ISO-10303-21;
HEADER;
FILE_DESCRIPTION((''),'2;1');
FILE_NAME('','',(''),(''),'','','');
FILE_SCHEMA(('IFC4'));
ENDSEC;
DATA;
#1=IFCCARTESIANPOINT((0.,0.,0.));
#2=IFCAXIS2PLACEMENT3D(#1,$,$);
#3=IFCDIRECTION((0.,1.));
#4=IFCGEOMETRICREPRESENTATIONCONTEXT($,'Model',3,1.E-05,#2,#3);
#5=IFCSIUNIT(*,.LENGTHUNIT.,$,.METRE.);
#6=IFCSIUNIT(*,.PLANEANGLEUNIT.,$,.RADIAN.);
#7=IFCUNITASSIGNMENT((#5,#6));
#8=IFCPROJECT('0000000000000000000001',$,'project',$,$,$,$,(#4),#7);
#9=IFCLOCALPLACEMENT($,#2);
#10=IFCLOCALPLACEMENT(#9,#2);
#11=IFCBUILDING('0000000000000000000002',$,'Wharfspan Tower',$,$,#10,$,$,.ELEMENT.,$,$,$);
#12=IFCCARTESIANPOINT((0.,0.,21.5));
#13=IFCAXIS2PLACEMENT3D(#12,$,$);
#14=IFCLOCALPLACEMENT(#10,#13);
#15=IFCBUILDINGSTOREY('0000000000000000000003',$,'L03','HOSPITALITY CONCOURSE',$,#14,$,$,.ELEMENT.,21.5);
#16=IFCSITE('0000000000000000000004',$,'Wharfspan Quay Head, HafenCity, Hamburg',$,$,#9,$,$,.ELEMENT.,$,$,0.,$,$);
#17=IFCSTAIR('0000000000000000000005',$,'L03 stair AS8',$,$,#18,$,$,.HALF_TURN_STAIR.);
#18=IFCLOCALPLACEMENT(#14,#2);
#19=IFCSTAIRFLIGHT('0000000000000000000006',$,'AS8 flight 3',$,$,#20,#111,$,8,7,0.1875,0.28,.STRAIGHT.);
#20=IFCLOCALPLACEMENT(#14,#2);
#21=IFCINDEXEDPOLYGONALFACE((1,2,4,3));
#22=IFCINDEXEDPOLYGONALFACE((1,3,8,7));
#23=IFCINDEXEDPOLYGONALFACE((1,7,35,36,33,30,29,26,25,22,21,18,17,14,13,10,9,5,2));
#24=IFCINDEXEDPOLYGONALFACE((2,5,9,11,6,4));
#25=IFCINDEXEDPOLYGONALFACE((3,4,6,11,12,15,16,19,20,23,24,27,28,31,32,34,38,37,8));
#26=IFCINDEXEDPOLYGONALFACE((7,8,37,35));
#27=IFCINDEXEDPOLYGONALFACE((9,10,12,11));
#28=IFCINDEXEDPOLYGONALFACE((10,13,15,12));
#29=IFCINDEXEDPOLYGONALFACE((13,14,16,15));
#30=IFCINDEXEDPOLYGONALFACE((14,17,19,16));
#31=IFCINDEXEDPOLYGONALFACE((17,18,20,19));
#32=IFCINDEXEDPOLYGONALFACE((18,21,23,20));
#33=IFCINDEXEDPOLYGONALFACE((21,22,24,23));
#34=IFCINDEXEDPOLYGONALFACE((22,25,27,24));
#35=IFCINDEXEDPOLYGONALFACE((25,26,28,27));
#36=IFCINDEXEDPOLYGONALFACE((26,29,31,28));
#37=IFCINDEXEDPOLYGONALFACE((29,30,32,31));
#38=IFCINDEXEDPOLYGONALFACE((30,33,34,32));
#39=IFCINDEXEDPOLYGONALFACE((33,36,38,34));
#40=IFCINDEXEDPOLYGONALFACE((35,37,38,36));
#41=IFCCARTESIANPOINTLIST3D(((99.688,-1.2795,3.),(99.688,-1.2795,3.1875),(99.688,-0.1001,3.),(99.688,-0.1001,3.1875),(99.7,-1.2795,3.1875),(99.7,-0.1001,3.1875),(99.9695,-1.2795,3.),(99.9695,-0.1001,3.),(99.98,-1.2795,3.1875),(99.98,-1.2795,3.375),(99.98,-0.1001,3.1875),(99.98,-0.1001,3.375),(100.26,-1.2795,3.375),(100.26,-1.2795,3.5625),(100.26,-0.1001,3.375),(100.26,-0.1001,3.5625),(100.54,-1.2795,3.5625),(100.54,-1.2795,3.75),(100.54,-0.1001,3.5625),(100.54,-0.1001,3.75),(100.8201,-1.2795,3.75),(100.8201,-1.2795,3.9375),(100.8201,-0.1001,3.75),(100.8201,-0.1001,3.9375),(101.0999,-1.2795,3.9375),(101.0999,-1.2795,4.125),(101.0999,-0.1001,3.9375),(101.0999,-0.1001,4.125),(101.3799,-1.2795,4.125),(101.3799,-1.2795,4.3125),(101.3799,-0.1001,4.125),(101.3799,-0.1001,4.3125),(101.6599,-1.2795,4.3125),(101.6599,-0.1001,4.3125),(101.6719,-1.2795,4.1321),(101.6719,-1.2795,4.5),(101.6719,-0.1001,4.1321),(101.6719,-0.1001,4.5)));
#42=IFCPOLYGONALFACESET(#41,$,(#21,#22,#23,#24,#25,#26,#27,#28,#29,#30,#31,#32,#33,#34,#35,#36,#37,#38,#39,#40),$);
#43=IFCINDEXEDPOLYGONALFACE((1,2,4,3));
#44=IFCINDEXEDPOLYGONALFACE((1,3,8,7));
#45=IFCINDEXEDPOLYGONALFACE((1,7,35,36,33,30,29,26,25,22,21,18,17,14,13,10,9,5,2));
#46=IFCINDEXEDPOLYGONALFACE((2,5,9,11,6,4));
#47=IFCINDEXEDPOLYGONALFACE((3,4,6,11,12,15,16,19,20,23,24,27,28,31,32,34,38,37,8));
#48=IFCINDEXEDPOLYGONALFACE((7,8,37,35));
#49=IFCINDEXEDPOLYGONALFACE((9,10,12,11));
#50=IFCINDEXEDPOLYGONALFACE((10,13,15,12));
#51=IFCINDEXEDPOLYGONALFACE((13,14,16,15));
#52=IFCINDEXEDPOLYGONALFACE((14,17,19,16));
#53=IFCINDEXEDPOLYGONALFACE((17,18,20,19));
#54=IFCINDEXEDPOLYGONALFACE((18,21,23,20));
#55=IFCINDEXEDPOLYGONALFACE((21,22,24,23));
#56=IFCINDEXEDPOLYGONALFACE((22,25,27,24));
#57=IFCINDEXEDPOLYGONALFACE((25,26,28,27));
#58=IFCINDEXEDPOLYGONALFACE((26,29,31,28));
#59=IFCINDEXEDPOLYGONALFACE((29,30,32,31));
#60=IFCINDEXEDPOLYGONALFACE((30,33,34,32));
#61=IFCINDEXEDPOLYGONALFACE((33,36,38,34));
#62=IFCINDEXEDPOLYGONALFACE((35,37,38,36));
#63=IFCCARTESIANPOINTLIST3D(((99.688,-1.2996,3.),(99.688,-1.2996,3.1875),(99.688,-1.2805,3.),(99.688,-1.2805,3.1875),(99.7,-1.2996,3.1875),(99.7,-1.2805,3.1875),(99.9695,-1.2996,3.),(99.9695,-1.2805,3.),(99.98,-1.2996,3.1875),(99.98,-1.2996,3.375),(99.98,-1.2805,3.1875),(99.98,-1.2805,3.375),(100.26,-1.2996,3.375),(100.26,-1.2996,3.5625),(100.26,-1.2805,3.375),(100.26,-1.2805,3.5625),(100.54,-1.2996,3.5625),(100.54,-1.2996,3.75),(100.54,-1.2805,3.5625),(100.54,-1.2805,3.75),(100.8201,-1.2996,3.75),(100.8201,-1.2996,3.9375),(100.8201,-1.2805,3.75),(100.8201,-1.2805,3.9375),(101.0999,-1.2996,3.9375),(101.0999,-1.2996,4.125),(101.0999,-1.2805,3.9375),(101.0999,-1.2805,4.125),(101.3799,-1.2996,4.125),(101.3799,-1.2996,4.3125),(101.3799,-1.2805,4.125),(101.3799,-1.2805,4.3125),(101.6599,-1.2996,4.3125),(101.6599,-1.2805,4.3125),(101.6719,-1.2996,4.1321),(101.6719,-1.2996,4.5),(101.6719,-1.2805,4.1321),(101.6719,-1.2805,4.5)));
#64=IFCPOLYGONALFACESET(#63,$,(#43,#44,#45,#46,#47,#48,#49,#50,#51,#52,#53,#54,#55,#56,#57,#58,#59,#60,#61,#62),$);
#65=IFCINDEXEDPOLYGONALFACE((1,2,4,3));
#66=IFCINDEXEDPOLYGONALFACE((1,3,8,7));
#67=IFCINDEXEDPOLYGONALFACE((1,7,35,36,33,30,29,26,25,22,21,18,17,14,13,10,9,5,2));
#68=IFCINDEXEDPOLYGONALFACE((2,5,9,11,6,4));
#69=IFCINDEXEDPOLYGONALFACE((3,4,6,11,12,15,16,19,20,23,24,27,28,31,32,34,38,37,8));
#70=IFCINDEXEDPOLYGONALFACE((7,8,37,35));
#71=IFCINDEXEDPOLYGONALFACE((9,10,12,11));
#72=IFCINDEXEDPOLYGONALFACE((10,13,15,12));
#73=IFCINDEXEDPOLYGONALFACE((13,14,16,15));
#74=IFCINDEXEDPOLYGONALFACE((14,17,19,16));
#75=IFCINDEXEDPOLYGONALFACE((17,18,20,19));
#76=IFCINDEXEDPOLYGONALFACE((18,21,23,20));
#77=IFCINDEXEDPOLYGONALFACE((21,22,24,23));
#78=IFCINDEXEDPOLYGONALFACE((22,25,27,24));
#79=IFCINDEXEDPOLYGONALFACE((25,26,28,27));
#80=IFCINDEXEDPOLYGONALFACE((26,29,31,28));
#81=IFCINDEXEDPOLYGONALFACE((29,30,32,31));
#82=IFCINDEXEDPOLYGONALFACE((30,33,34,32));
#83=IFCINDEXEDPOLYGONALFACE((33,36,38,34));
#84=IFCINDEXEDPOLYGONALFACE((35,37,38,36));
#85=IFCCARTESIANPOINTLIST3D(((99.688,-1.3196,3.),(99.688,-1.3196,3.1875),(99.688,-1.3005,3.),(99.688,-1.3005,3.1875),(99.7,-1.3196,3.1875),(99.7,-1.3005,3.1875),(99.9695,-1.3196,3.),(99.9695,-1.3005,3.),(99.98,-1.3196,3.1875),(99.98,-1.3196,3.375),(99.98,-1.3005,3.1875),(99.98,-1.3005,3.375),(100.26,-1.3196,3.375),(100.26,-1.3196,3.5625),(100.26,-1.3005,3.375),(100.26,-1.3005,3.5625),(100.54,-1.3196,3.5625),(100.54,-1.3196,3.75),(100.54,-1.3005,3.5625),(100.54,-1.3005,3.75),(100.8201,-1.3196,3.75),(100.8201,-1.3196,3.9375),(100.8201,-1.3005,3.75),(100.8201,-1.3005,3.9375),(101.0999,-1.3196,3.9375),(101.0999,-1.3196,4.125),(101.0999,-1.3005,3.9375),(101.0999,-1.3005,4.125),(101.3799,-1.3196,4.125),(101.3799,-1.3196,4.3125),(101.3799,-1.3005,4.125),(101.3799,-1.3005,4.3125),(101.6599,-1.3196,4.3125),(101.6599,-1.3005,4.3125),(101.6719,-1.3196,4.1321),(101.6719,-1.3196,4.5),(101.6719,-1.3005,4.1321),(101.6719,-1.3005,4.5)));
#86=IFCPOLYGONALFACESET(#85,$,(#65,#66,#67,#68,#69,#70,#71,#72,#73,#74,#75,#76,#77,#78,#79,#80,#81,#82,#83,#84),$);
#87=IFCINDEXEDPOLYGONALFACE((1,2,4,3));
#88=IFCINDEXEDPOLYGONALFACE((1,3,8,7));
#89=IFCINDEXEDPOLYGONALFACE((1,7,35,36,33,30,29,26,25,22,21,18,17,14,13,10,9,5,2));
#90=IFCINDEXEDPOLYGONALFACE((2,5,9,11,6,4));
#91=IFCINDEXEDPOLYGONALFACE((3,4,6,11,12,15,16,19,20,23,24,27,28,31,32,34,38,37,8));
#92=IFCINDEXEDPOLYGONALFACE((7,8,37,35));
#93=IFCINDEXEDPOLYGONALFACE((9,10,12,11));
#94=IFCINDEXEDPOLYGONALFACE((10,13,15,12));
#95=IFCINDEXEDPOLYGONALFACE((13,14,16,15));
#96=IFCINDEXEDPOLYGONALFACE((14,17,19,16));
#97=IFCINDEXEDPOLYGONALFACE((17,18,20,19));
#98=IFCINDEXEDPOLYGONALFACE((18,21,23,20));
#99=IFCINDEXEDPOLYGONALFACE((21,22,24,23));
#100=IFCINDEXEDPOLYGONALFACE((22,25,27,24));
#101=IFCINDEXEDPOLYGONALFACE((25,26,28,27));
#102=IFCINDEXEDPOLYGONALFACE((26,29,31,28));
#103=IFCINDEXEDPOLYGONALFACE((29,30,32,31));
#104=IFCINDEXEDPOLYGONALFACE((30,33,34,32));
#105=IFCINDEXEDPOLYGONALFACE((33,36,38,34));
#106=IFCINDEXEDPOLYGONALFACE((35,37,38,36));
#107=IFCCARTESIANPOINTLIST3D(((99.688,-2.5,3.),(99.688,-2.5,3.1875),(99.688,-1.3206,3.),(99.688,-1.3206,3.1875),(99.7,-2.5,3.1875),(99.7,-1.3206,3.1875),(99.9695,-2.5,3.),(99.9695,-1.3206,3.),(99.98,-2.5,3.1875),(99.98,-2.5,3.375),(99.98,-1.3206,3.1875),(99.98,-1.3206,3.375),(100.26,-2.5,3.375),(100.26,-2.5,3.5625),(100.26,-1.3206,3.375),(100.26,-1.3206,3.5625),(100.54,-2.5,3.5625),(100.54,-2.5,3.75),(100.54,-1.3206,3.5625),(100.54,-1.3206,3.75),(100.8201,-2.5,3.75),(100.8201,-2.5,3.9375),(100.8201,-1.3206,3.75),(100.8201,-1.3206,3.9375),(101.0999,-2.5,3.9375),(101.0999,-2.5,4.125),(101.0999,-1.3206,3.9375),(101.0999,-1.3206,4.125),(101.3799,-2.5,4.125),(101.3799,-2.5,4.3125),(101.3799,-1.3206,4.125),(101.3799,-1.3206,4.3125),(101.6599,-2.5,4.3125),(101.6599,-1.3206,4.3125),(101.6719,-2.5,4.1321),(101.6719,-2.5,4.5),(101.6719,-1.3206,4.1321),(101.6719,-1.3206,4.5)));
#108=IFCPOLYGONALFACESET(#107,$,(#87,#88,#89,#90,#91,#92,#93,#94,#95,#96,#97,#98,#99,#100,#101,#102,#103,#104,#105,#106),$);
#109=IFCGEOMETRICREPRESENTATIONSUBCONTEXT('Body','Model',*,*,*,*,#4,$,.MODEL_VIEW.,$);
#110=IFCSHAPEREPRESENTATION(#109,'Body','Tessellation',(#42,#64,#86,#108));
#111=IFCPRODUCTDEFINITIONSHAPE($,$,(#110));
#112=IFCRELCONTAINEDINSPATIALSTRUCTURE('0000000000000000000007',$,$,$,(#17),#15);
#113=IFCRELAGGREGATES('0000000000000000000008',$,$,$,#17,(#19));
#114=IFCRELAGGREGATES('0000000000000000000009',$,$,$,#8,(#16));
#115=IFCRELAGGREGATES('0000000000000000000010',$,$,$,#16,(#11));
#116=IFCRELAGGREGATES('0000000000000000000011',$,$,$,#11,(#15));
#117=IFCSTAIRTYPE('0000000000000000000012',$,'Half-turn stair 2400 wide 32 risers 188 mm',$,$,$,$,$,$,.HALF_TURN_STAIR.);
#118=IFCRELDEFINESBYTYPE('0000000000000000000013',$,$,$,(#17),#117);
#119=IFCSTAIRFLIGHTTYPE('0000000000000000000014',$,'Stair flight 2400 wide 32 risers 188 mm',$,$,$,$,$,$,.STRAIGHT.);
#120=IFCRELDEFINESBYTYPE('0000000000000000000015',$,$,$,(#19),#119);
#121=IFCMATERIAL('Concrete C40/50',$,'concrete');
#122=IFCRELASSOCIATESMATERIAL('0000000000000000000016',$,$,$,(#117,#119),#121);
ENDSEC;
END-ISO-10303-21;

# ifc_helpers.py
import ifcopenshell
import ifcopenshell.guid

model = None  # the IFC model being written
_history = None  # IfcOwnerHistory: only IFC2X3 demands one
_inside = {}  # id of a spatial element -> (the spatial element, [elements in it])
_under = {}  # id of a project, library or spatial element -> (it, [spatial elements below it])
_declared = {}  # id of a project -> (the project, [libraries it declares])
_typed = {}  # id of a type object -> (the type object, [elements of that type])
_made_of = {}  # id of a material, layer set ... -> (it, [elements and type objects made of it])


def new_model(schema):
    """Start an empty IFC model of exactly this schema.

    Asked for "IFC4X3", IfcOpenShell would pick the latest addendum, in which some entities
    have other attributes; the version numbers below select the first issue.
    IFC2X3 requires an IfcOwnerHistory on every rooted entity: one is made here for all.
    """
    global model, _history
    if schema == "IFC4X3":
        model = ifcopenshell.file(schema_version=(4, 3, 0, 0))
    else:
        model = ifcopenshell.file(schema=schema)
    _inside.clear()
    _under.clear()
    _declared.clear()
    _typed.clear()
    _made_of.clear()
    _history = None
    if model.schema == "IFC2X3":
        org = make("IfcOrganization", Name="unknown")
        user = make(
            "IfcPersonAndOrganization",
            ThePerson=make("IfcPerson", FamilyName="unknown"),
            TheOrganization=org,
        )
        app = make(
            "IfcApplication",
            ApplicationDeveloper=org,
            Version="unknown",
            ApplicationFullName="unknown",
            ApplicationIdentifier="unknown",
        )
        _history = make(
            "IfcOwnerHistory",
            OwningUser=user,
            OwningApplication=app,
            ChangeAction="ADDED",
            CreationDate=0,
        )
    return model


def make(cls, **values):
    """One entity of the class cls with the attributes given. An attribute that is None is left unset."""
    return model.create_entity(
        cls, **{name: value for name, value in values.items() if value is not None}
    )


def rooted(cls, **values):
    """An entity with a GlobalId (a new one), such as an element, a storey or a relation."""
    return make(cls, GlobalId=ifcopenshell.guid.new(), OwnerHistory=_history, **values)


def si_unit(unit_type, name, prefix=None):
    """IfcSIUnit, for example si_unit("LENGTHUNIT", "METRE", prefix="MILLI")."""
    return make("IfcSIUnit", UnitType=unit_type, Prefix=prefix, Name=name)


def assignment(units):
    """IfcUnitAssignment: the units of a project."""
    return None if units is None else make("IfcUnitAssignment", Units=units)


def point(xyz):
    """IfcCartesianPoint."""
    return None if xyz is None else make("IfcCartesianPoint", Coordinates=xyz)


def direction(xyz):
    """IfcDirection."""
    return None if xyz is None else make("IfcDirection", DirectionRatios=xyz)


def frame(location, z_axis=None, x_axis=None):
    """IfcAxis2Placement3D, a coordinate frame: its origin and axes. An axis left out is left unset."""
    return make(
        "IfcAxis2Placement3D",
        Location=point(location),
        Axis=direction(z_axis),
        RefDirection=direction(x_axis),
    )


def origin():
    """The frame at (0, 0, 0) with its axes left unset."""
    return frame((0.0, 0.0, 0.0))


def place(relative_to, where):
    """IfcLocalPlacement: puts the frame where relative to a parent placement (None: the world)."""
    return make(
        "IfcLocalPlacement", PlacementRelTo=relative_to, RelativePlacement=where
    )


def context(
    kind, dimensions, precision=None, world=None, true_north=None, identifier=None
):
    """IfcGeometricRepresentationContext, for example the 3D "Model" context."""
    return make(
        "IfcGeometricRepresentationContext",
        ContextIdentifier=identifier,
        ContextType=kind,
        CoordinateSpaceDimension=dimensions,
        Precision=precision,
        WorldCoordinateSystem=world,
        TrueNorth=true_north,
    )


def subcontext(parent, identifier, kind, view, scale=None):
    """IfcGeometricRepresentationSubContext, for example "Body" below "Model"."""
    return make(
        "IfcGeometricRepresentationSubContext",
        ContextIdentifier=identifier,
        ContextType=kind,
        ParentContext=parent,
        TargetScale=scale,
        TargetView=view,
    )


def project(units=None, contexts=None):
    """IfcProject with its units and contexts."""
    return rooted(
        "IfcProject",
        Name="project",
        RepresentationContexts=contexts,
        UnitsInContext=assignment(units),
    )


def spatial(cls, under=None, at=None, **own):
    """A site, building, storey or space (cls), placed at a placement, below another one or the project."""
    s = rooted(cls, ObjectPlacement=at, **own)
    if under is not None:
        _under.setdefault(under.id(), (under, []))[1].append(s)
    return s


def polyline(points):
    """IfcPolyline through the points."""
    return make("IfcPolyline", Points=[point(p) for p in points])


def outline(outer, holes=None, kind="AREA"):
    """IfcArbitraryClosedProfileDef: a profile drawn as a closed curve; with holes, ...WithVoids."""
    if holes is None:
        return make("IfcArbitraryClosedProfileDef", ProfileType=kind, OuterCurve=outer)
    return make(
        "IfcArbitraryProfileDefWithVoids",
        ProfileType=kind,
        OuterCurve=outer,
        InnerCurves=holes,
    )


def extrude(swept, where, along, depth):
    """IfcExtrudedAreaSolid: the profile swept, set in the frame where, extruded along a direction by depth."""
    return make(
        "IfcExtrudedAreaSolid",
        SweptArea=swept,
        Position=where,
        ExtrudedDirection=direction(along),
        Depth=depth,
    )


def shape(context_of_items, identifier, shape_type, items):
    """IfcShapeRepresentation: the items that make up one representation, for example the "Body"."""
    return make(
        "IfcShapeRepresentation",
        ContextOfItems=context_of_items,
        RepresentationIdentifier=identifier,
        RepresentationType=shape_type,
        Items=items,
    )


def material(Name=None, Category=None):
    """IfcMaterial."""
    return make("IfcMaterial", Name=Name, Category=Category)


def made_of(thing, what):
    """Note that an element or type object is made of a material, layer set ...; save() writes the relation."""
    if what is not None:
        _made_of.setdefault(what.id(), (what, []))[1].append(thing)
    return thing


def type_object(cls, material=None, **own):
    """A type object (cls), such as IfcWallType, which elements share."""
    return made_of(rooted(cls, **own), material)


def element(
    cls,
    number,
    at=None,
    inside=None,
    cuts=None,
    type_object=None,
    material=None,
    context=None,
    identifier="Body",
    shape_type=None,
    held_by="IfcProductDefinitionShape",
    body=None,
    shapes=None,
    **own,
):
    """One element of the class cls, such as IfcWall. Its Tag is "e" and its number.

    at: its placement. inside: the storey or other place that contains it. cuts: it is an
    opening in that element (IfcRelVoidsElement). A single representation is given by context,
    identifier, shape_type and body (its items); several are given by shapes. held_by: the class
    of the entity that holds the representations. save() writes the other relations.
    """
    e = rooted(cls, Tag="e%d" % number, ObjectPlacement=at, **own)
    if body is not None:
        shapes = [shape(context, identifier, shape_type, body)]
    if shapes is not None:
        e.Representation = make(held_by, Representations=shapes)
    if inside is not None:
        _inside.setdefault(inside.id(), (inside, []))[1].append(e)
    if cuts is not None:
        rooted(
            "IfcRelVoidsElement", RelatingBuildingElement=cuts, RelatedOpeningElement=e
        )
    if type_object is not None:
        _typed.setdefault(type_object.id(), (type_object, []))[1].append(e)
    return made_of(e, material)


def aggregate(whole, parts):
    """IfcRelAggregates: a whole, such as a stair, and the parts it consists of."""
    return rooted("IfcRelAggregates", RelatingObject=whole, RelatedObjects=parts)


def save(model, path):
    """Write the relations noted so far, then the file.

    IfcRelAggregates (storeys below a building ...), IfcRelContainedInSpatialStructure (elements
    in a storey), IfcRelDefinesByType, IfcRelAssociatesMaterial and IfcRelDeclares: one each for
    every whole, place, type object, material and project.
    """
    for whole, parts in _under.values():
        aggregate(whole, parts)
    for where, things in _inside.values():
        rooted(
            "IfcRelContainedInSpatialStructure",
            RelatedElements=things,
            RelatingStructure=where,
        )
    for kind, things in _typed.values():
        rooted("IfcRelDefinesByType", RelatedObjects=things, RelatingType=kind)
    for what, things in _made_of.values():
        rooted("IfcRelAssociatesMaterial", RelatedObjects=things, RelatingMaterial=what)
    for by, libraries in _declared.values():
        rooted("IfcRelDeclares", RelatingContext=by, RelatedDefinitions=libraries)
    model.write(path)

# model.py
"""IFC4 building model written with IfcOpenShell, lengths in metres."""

from ifc_helpers import new_model, si_unit, direction, frame, origin, place, context, subcontext, project, spatial, polyline, outline, extrude, material, type_object, element, aggregate, save


model = new_model("IFC4")

# Units and contexts
model_context = context("Model", 3, precision=1e-05, world=origin(), true_north=direction((0.0, 1.0)))
body_context = subcontext(model_context, "Body", "Model", "MODEL_VIEW")
ifc_project = project(units=[si_unit("LENGTHUNIT", "METRE"), si_unit("PLANEANGLEUNIT", "RADIAN")], contexts=[model_context])

# Site, building, storey
site_placement = place(None, origin())
site = spatial("IfcSite", under=ifc_project, at=site_placement, Name="Wharfspan Quay Head, HafenCity, Hamburg", CompositionType="ELEMENT", RefElevation=0.0)
building_placement = place(site_placement, origin())
building = spatial("IfcBuilding", under=site, at=building_placement, Name="Wharfspan Tower", CompositionType="ELEMENT")
storey_placement = place(building_placement, frame((0.0, 0.0, 21.5)))
storey = spatial("IfcBuildingStorey", under=building, at=storey_placement, Name="L03", Description="HOSPITALITY CONCOURSE", CompositionType="ELEMENT", Elevation=21.5)

# Shared definitions
ifc_material_1 = material(Name="Concrete C40/50", Category="concrete")

# Stair, stair flight
stair_type = type_object("IfcStairType", Name="Half-turn stair 2400 wide 32 risers 188 mm", PredefinedType="HALF_TURN_STAIR", material=ifc_material_1)
stair_placement = place(storey_placement, origin())
stair = element("IfcStair", 1, at=stair_placement, inside=storey, type_object=stair_type, Name="L03 stair AS8", PredefinedType="HALF_TURN_STAIR")
stair_flight_type = type_object("IfcStairFlightType", Name="Stair flight 2400 wide 32 risers 188 mm", PredefinedType="STRAIGHT", material=ifc_material_1)
stair_flight_1_placement = place(storey_placement, frame((99.7, -1.3, 3.0), z_axis=(0.0, 0.0, 1.0), x_axis=(1.0, 0.0, 0.0)))
stair_flight_1 = element("IfcStairFlight", 2, at=stair_flight_1_placement, type_object=stair_flight_type, Name="AS8 flight 3", NumberOfRisers=8, NumberOfTreads=7, PredefinedType="STRAIGHT", RiserHeight=0.1875, TreadLength=0.28, context=body_context, shape_type="SweptSolid", body=[
    extrude(outline(polyline([(-0.012, 0.0), (-0.012, 0.1875), (0.0, 0.1875), (0.28, 0.1875), (0.28, 0.375), (0.5601, 0.375), (0.5601, 0.5625), (0.8401, 0.5625), (0.8401, 0.75), (1.1201, 0.75), (1.1201, 0.9375), (1.3999, 0.9375), (1.3999, 1.125), (1.6799, 1.125), (1.6799, 1.3125), (1.96, 1.3125), (1.9719, 1.5), (1.9719, 1.1321), (0.2695, 0.0), (-0.012, 0.0)])), frame((0.0, 1.2, 0.0), z_axis=(0.0, -1.0, 0.0), x_axis=(1.0, 0.0, 0.0)), (0.0, 0.0, 1.0), 1.1794),
    extrude(outline(polyline([(-0.012, 0.0), (-0.012, 0.1875), (0.0, 0.1875), (0.28, 0.1875), (0.28, 0.375), (0.5601, 0.375), (0.5601, 0.5625), (0.8401, 0.5625), (0.8401, 0.75), (1.1201, 0.75), (1.1201, 0.9375), (1.3999, 0.9375), (1.3999, 1.125), (1.6799, 1.125), (1.6799, 1.3125), (1.96, 1.3125), (1.9719, 1.5), (1.9719, 1.1321), (0.2695, 0.0), (-0.012, 0.0)])), frame((0.0, 0.0195, 0.0), z_axis=(0.0, -1.0, 0.0), x_axis=(1.0, 0.0, 0.0)), (0.0, 0.0, 1.0), 0.019),
    extrude(outline(polyline([(-0.012, 0.0), (-0.012, 0.1875), (0.0, 0.1875), (0.28, 0.1875), (0.28, 0.375), (0.5601, 0.375), (0.5601, 0.5625), (0.8401, 0.5625), (0.8401, 0.75), (1.1201, 0.75), (1.1201, 0.9375), (1.3999, 0.9375), (1.3999, 1.125), (1.6799, 1.125), (1.6799, 1.3125), (1.96, 1.3125), (1.9719, 1.5), (1.9719, 1.1321), (0.2695, 0.0), (-0.012, 0.0)])), frame((0.0, -0.0005, 0.0), z_axis=(0.0, -1.0, 0.0), x_axis=(1.0, 0.0, 0.0)), (0.0, 0.0, 1.0), 0.019),
    extrude(outline(polyline([(-0.012, 0.0), (-0.012, 0.1875), (0.0, 0.1875), (0.28, 0.1875), (0.28, 0.375), (0.5601, 0.375), (0.5601, 0.5625), (0.8401, 0.5625), (0.8401, 0.75), (1.1201, 0.75), (1.1201, 0.9375), (1.3999, 0.9375), (1.3999, 1.125), (1.6799, 1.125), (1.6799, 1.3125), (1.96, 1.3125), (1.9719, 1.5), (1.9719, 1.1321), (0.2695, 0.0), (-0.012, 0.0)])), frame((0.0, -0.0205, 0.0), z_axis=(0.0, -1.0, 0.0), x_axis=(1.0, 0.0, 0.0)), (0.0, 0.0, 1.0), 1.1794),
])
aggregate(stair, [stair_flight_1])

save(model, "model.ifc")
